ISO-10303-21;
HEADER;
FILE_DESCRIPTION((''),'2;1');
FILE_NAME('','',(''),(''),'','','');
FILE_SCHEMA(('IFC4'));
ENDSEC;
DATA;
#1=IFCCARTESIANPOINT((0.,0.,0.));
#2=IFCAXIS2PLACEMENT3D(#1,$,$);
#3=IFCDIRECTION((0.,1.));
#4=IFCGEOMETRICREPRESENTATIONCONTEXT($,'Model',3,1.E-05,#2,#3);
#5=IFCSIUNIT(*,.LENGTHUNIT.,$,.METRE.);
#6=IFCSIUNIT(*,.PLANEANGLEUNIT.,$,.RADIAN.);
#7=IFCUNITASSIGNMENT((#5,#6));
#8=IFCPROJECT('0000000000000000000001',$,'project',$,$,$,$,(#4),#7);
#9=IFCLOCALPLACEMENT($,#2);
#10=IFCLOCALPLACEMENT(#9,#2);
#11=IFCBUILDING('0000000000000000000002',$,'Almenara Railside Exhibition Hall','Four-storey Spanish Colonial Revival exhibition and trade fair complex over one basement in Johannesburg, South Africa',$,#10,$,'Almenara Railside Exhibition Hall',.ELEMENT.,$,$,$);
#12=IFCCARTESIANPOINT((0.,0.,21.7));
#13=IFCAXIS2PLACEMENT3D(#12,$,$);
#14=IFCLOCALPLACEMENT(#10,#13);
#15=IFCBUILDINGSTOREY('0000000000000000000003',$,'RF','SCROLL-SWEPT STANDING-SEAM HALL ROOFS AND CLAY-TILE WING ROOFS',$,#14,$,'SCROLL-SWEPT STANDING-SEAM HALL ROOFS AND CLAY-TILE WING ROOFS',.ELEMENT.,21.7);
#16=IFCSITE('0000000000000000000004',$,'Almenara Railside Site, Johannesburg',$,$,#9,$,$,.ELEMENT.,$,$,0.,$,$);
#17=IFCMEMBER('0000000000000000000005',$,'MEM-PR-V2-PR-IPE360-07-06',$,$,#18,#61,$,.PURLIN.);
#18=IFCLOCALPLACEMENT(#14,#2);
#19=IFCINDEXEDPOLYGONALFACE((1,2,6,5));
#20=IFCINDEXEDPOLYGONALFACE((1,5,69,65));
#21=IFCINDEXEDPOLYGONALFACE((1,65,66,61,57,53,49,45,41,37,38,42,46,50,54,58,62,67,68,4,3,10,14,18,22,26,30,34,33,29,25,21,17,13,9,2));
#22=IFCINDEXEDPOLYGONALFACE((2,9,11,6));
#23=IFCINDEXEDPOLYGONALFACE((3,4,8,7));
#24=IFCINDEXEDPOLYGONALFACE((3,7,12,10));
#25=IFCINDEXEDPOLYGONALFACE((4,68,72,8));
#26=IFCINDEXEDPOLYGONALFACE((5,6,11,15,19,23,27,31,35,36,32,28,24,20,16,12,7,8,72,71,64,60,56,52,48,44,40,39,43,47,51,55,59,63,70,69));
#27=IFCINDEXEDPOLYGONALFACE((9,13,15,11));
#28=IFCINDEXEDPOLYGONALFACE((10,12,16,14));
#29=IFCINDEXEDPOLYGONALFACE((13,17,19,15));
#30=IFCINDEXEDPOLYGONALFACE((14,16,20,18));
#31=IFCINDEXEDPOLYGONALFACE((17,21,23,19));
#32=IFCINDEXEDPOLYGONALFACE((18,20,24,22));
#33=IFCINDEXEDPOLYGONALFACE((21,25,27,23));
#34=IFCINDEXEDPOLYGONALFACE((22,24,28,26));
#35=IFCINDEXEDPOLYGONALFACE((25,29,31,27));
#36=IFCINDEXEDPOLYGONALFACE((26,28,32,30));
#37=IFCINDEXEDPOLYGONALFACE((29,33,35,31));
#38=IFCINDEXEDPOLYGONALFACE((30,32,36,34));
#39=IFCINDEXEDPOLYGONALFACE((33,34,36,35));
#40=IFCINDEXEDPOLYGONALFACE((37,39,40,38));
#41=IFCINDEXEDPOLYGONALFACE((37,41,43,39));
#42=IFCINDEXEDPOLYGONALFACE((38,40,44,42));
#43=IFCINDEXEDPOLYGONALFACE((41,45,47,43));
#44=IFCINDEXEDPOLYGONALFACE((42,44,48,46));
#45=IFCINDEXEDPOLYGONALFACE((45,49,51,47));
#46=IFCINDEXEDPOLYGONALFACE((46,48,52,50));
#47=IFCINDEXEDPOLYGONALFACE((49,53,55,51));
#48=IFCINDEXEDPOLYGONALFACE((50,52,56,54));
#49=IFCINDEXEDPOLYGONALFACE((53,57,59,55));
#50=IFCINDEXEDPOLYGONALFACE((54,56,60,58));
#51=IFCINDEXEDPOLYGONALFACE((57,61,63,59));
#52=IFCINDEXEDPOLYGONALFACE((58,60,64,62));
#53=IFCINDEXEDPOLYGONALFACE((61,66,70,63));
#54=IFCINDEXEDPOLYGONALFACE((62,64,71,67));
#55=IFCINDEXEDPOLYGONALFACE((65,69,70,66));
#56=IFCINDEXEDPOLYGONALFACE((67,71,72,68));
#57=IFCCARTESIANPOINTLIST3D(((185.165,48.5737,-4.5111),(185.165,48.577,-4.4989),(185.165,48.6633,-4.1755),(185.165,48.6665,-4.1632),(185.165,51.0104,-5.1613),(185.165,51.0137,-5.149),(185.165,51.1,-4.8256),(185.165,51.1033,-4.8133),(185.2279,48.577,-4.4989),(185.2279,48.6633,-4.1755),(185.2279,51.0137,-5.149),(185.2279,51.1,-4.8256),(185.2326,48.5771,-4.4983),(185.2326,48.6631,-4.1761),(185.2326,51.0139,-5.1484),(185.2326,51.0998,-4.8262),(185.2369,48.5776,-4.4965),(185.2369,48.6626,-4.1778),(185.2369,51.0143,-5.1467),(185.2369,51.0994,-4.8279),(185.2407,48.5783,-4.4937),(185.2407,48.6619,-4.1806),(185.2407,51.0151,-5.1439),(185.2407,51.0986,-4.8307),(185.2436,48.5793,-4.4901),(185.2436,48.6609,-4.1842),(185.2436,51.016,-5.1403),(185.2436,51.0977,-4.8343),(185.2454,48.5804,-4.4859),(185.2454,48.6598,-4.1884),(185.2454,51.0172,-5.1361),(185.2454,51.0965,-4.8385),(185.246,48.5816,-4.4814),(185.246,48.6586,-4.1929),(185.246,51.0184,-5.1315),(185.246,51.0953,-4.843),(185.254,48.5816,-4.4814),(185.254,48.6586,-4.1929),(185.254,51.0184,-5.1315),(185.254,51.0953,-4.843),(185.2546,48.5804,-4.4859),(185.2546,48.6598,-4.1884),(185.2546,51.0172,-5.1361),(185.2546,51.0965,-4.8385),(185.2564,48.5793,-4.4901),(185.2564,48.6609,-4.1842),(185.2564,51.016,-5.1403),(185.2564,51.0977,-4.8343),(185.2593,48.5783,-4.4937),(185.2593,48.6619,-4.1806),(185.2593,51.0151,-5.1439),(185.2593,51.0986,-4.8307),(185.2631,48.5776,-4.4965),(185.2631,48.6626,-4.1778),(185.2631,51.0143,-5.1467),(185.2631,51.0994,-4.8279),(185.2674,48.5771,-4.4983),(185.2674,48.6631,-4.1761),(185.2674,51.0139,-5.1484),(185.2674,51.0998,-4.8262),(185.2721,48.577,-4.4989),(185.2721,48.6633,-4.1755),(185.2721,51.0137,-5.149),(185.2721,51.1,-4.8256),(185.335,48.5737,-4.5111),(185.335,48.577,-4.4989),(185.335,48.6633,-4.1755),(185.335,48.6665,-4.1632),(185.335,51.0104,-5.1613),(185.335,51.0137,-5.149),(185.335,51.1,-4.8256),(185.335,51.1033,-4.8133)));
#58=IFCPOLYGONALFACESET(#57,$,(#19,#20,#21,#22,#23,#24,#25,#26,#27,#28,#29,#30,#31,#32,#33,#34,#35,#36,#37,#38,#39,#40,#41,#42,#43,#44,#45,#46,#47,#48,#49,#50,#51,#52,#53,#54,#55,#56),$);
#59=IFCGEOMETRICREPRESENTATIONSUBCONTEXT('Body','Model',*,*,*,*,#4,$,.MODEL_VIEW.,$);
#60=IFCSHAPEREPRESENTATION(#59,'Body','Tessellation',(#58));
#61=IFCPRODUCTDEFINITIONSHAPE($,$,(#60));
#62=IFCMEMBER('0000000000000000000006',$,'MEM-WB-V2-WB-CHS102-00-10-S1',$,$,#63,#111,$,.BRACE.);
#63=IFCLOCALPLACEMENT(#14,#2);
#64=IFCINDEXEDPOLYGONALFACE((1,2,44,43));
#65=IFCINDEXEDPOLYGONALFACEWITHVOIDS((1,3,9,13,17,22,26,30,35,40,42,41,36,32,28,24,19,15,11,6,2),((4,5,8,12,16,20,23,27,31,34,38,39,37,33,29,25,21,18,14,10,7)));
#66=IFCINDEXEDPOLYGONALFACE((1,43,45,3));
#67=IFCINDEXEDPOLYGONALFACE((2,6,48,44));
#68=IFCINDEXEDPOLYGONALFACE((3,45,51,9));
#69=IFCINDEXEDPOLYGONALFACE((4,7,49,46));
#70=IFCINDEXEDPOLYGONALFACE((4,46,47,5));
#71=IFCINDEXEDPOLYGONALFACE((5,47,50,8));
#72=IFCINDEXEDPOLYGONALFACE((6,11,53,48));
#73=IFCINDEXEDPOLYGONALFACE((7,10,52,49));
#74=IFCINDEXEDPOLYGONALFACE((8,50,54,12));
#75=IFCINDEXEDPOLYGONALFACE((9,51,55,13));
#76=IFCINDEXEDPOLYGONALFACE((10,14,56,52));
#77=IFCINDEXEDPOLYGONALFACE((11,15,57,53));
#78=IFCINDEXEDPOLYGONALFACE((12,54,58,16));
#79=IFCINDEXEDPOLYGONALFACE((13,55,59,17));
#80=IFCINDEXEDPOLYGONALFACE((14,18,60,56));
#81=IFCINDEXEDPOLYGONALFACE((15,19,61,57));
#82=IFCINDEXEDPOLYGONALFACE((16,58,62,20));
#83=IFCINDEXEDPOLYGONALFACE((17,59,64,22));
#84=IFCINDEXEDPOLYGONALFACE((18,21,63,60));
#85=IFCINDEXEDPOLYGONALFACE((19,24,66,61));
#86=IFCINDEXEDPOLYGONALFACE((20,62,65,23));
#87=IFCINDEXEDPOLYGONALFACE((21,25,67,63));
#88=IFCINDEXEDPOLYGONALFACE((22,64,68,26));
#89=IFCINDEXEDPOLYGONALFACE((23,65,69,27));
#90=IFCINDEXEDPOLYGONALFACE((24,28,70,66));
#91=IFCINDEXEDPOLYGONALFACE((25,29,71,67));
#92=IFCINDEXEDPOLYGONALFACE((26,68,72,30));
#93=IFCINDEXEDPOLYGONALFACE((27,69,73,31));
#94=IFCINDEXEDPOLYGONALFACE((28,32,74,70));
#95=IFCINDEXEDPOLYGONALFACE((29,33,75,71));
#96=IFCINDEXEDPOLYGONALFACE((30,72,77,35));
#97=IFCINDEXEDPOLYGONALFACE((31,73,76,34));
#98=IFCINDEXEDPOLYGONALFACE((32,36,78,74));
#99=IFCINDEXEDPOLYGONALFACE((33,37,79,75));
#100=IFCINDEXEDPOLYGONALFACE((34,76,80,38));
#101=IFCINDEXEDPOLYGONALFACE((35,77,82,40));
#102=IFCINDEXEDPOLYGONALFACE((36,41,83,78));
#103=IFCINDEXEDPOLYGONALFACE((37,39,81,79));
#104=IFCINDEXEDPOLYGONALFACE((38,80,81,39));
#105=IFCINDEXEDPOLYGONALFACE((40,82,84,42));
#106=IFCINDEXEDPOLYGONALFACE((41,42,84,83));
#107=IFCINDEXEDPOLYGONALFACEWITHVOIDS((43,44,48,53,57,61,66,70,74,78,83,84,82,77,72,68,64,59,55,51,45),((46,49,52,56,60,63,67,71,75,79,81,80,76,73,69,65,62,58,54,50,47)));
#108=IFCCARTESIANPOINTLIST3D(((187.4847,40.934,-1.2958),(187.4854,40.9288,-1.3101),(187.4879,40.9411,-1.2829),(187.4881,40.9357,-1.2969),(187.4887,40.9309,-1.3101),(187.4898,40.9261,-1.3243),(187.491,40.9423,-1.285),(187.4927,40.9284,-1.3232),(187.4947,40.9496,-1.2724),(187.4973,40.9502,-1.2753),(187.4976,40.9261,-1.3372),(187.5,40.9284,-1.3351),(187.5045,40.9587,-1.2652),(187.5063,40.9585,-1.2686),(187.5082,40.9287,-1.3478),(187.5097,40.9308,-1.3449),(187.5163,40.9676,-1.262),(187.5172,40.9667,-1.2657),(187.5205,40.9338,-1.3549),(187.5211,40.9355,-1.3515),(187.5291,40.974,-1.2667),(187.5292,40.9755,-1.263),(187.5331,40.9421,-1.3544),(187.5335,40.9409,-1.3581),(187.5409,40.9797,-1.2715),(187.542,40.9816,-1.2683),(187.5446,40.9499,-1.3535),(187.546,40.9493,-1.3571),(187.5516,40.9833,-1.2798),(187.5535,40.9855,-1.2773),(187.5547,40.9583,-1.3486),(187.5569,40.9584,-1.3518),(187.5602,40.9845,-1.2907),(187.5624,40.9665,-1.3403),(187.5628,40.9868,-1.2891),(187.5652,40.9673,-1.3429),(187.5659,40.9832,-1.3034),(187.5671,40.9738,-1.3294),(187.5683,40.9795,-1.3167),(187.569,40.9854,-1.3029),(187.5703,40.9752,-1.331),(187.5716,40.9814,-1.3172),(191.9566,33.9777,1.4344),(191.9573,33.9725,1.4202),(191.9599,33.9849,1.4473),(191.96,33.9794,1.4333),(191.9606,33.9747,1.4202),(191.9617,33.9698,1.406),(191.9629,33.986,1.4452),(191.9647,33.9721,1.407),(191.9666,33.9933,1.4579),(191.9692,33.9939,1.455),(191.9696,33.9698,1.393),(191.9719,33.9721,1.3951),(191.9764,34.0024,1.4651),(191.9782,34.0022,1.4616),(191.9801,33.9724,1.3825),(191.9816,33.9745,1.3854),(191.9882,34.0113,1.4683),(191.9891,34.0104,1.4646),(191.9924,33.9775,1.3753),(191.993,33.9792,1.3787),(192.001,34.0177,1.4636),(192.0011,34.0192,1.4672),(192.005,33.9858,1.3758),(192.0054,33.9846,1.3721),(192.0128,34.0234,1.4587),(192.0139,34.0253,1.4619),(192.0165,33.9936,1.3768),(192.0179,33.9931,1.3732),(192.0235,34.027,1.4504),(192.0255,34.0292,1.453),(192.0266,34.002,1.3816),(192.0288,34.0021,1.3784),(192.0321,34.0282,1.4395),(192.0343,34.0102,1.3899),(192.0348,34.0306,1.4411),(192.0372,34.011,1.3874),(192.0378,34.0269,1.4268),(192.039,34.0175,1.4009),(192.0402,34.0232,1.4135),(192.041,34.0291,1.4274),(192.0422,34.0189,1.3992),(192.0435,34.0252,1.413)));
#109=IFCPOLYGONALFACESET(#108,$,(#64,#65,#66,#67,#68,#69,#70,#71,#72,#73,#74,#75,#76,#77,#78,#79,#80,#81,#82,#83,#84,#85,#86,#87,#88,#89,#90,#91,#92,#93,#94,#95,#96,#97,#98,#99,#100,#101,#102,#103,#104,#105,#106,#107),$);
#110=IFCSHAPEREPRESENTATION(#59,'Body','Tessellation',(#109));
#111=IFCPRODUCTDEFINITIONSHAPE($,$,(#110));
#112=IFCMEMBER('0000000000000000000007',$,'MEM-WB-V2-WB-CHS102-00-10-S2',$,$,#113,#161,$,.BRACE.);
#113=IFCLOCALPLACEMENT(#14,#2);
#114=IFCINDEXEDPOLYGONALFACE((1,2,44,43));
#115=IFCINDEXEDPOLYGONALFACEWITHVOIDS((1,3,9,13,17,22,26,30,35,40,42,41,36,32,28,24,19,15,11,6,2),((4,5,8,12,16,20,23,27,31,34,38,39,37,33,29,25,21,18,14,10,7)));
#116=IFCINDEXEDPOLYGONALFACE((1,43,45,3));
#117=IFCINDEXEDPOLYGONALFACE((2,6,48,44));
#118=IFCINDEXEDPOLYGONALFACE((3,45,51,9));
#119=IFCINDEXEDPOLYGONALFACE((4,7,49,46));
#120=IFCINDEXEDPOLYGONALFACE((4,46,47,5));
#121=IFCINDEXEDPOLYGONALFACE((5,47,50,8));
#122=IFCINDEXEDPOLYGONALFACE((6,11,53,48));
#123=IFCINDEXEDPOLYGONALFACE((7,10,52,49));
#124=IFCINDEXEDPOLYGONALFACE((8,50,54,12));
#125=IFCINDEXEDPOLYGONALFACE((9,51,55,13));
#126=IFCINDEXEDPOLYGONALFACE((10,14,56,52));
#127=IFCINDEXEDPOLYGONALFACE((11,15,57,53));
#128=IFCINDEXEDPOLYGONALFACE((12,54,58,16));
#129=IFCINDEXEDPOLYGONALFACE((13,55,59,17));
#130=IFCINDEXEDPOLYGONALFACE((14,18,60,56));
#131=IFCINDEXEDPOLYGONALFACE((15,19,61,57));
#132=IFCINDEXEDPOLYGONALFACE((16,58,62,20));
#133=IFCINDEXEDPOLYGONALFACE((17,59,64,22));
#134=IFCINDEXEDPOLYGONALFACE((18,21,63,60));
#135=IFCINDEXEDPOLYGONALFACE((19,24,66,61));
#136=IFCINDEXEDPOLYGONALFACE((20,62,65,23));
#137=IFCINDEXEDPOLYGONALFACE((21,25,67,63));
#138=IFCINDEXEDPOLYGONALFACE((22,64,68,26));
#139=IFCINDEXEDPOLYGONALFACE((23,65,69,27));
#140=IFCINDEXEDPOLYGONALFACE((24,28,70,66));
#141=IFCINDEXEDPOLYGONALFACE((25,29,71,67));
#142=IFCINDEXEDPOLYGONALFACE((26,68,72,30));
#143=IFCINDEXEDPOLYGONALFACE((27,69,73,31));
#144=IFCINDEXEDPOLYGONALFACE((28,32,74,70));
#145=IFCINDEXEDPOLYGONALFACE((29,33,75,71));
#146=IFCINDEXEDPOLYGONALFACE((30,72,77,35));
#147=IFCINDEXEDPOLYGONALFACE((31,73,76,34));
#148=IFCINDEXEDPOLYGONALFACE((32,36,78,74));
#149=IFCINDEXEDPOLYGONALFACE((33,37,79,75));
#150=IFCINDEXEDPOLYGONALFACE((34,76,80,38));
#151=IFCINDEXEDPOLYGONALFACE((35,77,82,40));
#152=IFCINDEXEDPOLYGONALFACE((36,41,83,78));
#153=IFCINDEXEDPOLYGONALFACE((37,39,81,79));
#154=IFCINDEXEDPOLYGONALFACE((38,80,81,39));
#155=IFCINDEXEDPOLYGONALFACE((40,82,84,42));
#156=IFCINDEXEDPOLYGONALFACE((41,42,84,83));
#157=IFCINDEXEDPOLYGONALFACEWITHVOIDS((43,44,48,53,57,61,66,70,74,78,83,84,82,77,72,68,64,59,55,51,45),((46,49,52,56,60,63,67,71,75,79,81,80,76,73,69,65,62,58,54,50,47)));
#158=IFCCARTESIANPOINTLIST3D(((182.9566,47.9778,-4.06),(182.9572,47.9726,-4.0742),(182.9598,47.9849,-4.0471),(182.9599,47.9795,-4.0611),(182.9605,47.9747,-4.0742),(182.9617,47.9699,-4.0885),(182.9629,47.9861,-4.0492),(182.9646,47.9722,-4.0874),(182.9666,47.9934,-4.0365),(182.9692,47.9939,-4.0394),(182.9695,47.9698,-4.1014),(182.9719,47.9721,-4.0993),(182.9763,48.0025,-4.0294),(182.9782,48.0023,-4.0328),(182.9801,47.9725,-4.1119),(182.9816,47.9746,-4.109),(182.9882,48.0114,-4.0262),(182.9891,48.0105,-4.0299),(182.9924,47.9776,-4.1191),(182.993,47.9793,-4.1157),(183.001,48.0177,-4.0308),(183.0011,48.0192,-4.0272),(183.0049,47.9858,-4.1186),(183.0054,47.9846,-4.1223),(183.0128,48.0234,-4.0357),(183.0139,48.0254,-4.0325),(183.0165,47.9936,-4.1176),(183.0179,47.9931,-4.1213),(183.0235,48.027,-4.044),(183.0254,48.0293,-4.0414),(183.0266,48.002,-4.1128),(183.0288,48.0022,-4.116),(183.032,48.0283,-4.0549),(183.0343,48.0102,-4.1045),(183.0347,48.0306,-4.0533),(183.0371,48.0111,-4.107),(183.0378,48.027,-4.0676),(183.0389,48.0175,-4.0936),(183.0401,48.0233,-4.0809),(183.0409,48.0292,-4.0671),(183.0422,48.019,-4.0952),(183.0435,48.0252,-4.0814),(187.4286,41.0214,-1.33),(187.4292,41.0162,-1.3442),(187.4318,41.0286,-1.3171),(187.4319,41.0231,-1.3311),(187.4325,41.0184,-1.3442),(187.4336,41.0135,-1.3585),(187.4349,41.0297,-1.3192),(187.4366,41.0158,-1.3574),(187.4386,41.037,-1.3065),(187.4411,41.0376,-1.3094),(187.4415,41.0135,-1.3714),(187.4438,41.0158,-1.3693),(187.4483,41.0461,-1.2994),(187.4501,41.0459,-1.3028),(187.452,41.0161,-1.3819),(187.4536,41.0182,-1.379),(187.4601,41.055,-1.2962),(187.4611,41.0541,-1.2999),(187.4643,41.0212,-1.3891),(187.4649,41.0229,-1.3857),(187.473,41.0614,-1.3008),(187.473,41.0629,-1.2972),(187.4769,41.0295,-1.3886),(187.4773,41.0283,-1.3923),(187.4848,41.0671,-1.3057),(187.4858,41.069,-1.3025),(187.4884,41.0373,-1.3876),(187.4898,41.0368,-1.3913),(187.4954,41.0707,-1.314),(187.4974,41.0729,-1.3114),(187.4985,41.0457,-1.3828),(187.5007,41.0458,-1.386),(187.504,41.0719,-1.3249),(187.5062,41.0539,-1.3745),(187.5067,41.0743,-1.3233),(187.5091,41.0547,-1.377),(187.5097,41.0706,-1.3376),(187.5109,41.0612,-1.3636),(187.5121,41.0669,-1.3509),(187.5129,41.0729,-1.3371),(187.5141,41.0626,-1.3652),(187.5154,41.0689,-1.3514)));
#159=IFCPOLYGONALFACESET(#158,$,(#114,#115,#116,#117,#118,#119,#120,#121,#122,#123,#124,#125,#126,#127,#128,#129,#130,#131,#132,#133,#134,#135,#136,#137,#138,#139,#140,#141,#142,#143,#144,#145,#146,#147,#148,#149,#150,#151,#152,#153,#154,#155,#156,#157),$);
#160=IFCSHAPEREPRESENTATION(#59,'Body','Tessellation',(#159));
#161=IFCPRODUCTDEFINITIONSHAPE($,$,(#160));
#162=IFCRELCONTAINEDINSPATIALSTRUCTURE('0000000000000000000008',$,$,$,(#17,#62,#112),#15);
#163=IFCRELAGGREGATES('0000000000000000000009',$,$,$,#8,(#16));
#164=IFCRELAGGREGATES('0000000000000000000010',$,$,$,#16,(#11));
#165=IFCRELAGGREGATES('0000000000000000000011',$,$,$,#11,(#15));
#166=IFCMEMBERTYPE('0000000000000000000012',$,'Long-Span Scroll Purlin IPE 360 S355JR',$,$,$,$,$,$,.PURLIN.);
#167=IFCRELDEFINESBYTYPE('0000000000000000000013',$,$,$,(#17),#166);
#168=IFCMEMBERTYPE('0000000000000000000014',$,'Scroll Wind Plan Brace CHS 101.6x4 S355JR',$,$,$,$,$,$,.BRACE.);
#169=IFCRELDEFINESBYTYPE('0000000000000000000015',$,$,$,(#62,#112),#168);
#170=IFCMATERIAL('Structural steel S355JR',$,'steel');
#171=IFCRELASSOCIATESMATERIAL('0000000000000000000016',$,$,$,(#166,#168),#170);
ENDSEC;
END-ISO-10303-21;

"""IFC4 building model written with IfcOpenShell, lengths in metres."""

from ifc_helpers import new_model, si_unit, direction, frame, origin, origin_2d, place, context, subcontext, project, spatial, hollow_circle, i_section, extrude, material, material_profile, profile_set, type_object, element, save


model = new_model("IFC4")

# Units and contexts
model_context = context("Model", 3, precision=1e-05, world=origin(), true_north=direction((0.0, 1.0)))
body_context = subcontext(model_context, "Body", "Model", "MODEL_VIEW")
ifc_project = project(units=[si_unit("LENGTHUNIT", "METRE"), si_unit("PLANEANGLEUNIT", "RADIAN")], contexts=[model_context])

# Site, building, storey
site_placement = place(None, origin())
site = spatial("IfcSite", under=ifc_project, at=site_placement, Name="Almenara Railside Site, Johannesburg", CompositionType="ELEMENT", RefElevation=0.0)
building_placement = place(site_placement, origin())
building = spatial("IfcBuilding", under=site, at=building_placement, Name="Almenara Railside Exhibition Hall", Description="Four-storey Spanish Colonial Revival exhibition and trade fair complex over one basement in Johannesburg, South Africa", LongName="Almenara Railside Exhibition Hall", CompositionType="ELEMENT")
storey_placement = place(building_placement, frame((0.0, 0.0, 21.7)))
storey = spatial("IfcBuildingStorey", under=building, at=storey_placement, Name="RF", Description="SCROLL-SWEPT STANDING-SEAM HALL ROOFS AND CLAY-TILE WING ROOFS", LongName="SCROLL-SWEPT STANDING-SEAM HALL ROOFS AND CLAY-TILE WING ROOFS", CompositionType="ELEMENT", Elevation=21.7)

# Shared definitions
ifc_material_1 = material(Name="Structural steel S355JR", Category="steel")

# Members
ifc_material_profile_1 = material_profile(ifc_material_1, i_section(OverallWidth=0.1699, OverallDepth=0.3601, WebThickness=0.0081, FlangeThickness=0.0127, FilletRadius=0.0181, at=origin_2d()), Name="IPE 360")
ifc_profile_set_1 = profile_set([ifc_material_profile_1], Name="Structural steel S355JR")
member_type_1 = type_object("IfcMemberType", Name="Long-Span Scroll Purlin IPE 360 S355JR", PredefinedType="PURLIN", material=ifc_profile_set_1)
member_1_placement = place(storey_placement, frame((185.25, 48.6201, -4.3372), z_axis=(0.0, 0.966201, -0.257789), x_axis=(-1.0, 0.0, 0.0)))
element("IfcMember", 1, at=member_1_placement, inside=storey, type_object=member_type_1, Name="MEM-PR-V2-PR-IPE360-07-06", PredefinedType="PURLIN", context=body_context, shape_type="SweptSolid", body=[
    extrude(i_section(OverallWidth=0.1699, OverallDepth=0.3601, WebThickness=0.0081, FlangeThickness=0.0127, FilletRadius=0.0181, at=origin_2d()), origin(), (0.0, 0.0, 1.0), 2.522),
])
ifc_material_profile_2 = material_profile(ifc_material_1, hollow_circle(Radius=0.0508, WallThickness=0.0039, at=origin_2d()), Name="CHS 101.6x4")
ifc_profile_set_2 = profile_set([ifc_material_profile_2], Name="Structural steel S355JR")
member_type_2 = type_object("IfcMemberType", Name="Scroll Wind Plan Brace CHS 101.6x4 S355JR", PredefinedType="BRACE", material=ifc_profile_set_2)
for number, where, z_axis, x_axis, name in (
    (2, (192.0, 34.0, 1.4202), (-0.513498, 0.798771, -0.313504), (-0.841178, -0.540759, 0.0), "MEM-WB-V2-WB-CHS102-00-10-S1"),
    (3, (187.4719, 41.0437, -1.3442), (-0.513502, 0.798778, -0.313478), (-0.841178, -0.540759, 0.0), "MEM-WB-V2-WB-CHS102-00-10-S2"),
):
    element("IfcMember", number, at=place(storey_placement, frame(where, z_axis=z_axis, x_axis=x_axis)), inside=storey, type_object=member_type_2, Name=name, PredefinedType="BRACE", context=body_context, shape_type="SweptSolid", body=[
        extrude(hollow_circle(Radius=0.0508, WallThickness=0.0039, at=origin_2d()), origin(), (0.0, 0.0, 1.0), 8.7087),
    ])

save(model, "model.ifc")
